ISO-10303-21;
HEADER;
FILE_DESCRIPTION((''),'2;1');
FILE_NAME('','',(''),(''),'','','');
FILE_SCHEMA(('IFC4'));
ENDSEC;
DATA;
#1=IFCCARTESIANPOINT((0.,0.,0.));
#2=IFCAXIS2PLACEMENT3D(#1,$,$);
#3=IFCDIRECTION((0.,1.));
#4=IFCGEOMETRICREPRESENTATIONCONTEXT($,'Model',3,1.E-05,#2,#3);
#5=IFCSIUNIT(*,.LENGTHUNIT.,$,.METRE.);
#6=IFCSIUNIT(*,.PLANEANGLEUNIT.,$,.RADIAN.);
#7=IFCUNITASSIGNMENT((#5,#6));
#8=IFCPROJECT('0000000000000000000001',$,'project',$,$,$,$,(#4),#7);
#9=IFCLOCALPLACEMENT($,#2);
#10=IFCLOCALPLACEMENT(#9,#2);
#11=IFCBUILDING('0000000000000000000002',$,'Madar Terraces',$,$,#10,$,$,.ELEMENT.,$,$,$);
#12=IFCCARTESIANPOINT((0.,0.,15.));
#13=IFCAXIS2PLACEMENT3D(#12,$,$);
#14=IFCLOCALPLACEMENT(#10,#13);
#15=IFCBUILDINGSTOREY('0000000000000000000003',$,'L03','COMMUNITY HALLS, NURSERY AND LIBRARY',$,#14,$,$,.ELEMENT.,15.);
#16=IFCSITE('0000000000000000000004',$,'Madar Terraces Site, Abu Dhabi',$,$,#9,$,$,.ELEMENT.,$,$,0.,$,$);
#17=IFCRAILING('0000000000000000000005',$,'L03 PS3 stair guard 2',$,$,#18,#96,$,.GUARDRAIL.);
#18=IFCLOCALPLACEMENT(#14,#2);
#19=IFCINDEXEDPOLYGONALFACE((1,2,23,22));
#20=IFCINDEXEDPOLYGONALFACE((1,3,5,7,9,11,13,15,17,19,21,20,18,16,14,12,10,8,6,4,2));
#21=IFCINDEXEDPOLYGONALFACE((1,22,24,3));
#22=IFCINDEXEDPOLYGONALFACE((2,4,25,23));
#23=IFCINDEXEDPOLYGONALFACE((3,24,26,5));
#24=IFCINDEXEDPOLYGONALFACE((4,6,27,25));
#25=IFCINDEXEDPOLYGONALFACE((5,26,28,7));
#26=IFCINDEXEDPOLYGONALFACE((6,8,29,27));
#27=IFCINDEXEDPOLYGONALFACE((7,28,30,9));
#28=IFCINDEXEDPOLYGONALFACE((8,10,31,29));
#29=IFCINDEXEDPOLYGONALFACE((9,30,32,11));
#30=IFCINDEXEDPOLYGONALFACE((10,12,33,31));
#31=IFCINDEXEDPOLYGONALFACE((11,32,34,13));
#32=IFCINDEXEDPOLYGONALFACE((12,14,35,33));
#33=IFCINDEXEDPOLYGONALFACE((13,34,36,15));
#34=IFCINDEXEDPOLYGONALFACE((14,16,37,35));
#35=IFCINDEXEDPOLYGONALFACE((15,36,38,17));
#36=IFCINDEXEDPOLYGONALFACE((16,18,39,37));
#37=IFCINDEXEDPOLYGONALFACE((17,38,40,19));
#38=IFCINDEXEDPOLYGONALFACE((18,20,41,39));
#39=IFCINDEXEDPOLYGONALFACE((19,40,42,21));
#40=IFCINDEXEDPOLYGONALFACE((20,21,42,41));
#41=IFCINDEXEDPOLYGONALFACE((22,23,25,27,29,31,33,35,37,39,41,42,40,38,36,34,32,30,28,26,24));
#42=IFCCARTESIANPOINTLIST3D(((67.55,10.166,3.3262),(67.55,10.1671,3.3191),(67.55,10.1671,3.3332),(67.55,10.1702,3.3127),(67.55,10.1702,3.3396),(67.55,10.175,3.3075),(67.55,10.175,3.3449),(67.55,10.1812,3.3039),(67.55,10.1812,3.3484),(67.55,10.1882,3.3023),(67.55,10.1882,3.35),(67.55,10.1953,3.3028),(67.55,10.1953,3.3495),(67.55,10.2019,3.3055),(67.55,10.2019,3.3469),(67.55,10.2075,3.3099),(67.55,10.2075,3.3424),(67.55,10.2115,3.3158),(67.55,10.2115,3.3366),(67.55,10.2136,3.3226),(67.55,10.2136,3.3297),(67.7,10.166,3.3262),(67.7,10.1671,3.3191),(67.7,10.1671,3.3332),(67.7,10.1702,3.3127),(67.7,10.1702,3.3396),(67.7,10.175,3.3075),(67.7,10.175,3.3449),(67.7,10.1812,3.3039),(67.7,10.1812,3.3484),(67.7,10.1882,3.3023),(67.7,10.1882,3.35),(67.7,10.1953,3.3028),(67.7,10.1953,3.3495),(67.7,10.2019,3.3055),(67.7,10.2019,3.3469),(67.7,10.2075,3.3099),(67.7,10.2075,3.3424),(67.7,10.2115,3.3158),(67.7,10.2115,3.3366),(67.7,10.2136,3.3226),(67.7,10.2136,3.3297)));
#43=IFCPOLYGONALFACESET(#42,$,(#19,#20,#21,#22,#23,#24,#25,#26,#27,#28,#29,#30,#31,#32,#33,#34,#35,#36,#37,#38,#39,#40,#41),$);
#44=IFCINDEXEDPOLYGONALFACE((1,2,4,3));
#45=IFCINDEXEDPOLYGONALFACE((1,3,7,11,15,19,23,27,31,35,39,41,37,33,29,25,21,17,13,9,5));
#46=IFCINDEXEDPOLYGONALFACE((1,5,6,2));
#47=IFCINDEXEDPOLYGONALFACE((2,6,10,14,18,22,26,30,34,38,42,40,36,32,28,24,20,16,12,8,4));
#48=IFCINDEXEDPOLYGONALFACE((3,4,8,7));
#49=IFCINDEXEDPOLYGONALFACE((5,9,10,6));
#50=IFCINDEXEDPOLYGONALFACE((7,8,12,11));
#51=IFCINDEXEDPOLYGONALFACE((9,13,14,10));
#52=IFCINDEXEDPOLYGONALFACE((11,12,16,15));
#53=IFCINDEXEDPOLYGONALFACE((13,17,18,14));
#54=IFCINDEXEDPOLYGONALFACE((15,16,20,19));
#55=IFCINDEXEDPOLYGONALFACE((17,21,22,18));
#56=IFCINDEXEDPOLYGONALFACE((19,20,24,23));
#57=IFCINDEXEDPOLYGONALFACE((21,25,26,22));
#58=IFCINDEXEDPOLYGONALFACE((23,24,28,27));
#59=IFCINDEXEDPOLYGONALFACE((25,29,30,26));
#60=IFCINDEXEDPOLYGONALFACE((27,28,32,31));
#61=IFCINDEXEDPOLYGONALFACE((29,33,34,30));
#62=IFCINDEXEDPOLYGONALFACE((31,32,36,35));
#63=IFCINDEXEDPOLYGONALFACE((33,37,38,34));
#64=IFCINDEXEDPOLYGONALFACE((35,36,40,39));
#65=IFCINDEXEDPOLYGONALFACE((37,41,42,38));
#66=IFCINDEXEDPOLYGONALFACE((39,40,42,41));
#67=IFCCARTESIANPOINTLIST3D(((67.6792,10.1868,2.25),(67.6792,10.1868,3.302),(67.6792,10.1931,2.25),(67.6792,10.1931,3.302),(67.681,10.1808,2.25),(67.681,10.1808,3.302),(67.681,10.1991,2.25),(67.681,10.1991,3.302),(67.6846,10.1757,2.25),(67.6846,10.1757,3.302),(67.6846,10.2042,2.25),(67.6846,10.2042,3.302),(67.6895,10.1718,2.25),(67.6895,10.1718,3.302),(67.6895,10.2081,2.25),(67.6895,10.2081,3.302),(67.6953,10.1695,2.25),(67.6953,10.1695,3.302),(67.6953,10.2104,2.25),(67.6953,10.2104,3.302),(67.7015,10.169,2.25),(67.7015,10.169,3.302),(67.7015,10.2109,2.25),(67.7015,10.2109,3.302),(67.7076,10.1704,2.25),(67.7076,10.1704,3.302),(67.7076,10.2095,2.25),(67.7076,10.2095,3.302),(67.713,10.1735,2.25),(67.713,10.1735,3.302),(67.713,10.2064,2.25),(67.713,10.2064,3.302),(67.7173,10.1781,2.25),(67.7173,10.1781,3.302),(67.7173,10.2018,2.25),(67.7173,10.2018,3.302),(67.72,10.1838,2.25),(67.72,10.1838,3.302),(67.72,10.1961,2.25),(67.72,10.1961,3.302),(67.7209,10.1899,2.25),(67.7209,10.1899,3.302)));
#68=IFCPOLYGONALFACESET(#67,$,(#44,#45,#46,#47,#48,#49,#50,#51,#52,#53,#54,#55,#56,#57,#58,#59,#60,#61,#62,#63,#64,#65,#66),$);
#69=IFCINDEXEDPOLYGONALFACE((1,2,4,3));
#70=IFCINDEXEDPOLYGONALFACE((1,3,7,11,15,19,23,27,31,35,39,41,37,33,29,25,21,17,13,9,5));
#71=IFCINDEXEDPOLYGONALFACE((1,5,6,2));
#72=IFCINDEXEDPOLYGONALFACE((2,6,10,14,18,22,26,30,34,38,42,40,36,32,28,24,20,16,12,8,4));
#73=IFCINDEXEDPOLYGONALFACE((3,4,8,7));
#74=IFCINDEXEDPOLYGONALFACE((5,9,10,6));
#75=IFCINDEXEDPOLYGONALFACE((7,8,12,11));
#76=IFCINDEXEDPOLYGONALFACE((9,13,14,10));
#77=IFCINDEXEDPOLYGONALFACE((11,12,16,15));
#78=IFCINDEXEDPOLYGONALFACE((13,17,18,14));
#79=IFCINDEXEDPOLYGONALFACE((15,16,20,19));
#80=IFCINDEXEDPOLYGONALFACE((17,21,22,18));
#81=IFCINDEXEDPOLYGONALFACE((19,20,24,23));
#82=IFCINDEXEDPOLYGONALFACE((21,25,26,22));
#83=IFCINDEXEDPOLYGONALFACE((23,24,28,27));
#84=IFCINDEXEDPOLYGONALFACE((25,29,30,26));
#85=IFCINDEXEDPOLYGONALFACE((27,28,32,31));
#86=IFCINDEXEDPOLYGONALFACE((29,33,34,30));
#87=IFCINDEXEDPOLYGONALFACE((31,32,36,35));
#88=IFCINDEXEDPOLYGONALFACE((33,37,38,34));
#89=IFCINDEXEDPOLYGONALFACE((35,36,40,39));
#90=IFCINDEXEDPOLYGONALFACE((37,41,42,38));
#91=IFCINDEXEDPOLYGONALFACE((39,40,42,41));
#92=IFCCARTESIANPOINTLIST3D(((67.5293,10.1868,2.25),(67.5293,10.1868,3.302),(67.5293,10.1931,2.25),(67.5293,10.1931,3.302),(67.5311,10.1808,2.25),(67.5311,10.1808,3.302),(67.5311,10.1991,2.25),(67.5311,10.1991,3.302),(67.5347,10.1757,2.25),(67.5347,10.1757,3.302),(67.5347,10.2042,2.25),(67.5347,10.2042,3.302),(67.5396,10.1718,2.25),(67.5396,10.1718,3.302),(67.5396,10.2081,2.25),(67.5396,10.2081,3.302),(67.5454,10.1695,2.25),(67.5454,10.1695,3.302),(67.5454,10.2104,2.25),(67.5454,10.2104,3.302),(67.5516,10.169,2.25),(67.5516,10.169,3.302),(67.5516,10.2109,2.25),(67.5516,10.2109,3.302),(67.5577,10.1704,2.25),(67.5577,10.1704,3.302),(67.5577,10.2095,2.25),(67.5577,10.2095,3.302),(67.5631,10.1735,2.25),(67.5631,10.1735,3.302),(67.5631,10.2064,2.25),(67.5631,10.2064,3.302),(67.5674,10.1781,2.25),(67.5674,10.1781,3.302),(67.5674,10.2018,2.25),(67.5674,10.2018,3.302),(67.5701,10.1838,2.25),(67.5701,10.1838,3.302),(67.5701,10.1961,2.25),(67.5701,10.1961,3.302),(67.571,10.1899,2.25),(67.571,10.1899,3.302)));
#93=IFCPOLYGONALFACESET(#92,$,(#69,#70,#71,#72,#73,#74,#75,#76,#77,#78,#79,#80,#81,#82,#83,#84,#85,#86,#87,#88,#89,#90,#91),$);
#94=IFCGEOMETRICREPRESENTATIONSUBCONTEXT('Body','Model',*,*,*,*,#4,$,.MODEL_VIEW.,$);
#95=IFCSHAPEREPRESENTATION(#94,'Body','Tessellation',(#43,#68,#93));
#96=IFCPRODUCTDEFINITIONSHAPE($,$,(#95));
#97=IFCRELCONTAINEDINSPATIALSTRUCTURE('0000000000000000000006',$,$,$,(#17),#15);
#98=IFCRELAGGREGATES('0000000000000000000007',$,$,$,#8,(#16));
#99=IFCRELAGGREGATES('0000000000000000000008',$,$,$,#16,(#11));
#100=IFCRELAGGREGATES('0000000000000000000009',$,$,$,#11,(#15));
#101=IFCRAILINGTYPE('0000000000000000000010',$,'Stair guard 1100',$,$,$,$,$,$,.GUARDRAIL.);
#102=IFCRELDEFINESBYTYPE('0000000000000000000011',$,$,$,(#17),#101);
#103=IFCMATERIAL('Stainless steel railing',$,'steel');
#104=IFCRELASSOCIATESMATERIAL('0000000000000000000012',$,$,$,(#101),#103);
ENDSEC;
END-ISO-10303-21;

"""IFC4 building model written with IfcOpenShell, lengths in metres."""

from ifc_helpers import new_model, si_unit, direction, frame, origin, origin_2d, place, context, subcontext, project, spatial, circle, extrude, material, type_object, element, save


model = new_model("IFC4")

# Units and contexts
model_context = context("Model", 3, precision=1e-05, world=origin(), true_north=direction((0.0, 1.0)))
body_context = subcontext(model_context, "Body", "Model", "MODEL_VIEW")
ifc_project = project(units=[si_unit("LENGTHUNIT", "METRE"), si_unit("PLANEANGLEUNIT", "RADIAN")], contexts=[model_context])

# Site, building, storey
site_placement = place(None, origin())
site = spatial("IfcSite", under=ifc_project, at=site_placement, Name="Madar Terraces Site, Abu Dhabi", CompositionType="ELEMENT", RefElevation=0.0)
building_placement = place(site_placement, origin())
building = spatial("IfcBuilding", under=site, at=building_placement, Name="Madar Terraces", CompositionType="ELEMENT")
storey_placement = place(building_placement, frame((0.0, 0.0, 15.0)))
storey = spatial("IfcBuildingStorey", under=building, at=storey_placement, Name="L03", Description="COMMUNITY HALLS, NURSERY AND LIBRARY", CompositionType="ELEMENT", Elevation=15.0)

# Railing
ifc_material_1 = material(Name="Stainless steel railing", Category="steel")
railing_type_1 = type_object("IfcRailingType", Name="Stair guard 1100", PredefinedType="GUARDRAIL", material=ifc_material_1)
railing_1_placement = place(storey_placement, frame((67.7, 10.1899, 2.25)))
element("IfcRailing", 1, at=railing_1_placement, inside=storey, type_object=railing_type_1, Name="L03 PS3 stair guard 2", PredefinedType="GUARDRAIL", context=body_context, shape_type="SweptSolid", body=[
    extrude(circle(Radius=0.0239, at=origin_2d()), frame((0.0, 0.0, 1.0762), z_axis=(-1.0, 0.0, 0.0), x_axis=(0.0, -1.0, 0.0)), (0.0, 0.0, 1.0), 0.1499),
    extrude(circle(Radius=0.021, at=origin_2d()), origin(), (0.0, 0.0, 1.0), 1.052),
    extrude(circle(Radius=0.021, at=origin_2d()), frame((-0.1499, 0.0, 0.0)), (0.0, 0.0, 1.0), 1.052),
])

save(model, "model.ifc")
